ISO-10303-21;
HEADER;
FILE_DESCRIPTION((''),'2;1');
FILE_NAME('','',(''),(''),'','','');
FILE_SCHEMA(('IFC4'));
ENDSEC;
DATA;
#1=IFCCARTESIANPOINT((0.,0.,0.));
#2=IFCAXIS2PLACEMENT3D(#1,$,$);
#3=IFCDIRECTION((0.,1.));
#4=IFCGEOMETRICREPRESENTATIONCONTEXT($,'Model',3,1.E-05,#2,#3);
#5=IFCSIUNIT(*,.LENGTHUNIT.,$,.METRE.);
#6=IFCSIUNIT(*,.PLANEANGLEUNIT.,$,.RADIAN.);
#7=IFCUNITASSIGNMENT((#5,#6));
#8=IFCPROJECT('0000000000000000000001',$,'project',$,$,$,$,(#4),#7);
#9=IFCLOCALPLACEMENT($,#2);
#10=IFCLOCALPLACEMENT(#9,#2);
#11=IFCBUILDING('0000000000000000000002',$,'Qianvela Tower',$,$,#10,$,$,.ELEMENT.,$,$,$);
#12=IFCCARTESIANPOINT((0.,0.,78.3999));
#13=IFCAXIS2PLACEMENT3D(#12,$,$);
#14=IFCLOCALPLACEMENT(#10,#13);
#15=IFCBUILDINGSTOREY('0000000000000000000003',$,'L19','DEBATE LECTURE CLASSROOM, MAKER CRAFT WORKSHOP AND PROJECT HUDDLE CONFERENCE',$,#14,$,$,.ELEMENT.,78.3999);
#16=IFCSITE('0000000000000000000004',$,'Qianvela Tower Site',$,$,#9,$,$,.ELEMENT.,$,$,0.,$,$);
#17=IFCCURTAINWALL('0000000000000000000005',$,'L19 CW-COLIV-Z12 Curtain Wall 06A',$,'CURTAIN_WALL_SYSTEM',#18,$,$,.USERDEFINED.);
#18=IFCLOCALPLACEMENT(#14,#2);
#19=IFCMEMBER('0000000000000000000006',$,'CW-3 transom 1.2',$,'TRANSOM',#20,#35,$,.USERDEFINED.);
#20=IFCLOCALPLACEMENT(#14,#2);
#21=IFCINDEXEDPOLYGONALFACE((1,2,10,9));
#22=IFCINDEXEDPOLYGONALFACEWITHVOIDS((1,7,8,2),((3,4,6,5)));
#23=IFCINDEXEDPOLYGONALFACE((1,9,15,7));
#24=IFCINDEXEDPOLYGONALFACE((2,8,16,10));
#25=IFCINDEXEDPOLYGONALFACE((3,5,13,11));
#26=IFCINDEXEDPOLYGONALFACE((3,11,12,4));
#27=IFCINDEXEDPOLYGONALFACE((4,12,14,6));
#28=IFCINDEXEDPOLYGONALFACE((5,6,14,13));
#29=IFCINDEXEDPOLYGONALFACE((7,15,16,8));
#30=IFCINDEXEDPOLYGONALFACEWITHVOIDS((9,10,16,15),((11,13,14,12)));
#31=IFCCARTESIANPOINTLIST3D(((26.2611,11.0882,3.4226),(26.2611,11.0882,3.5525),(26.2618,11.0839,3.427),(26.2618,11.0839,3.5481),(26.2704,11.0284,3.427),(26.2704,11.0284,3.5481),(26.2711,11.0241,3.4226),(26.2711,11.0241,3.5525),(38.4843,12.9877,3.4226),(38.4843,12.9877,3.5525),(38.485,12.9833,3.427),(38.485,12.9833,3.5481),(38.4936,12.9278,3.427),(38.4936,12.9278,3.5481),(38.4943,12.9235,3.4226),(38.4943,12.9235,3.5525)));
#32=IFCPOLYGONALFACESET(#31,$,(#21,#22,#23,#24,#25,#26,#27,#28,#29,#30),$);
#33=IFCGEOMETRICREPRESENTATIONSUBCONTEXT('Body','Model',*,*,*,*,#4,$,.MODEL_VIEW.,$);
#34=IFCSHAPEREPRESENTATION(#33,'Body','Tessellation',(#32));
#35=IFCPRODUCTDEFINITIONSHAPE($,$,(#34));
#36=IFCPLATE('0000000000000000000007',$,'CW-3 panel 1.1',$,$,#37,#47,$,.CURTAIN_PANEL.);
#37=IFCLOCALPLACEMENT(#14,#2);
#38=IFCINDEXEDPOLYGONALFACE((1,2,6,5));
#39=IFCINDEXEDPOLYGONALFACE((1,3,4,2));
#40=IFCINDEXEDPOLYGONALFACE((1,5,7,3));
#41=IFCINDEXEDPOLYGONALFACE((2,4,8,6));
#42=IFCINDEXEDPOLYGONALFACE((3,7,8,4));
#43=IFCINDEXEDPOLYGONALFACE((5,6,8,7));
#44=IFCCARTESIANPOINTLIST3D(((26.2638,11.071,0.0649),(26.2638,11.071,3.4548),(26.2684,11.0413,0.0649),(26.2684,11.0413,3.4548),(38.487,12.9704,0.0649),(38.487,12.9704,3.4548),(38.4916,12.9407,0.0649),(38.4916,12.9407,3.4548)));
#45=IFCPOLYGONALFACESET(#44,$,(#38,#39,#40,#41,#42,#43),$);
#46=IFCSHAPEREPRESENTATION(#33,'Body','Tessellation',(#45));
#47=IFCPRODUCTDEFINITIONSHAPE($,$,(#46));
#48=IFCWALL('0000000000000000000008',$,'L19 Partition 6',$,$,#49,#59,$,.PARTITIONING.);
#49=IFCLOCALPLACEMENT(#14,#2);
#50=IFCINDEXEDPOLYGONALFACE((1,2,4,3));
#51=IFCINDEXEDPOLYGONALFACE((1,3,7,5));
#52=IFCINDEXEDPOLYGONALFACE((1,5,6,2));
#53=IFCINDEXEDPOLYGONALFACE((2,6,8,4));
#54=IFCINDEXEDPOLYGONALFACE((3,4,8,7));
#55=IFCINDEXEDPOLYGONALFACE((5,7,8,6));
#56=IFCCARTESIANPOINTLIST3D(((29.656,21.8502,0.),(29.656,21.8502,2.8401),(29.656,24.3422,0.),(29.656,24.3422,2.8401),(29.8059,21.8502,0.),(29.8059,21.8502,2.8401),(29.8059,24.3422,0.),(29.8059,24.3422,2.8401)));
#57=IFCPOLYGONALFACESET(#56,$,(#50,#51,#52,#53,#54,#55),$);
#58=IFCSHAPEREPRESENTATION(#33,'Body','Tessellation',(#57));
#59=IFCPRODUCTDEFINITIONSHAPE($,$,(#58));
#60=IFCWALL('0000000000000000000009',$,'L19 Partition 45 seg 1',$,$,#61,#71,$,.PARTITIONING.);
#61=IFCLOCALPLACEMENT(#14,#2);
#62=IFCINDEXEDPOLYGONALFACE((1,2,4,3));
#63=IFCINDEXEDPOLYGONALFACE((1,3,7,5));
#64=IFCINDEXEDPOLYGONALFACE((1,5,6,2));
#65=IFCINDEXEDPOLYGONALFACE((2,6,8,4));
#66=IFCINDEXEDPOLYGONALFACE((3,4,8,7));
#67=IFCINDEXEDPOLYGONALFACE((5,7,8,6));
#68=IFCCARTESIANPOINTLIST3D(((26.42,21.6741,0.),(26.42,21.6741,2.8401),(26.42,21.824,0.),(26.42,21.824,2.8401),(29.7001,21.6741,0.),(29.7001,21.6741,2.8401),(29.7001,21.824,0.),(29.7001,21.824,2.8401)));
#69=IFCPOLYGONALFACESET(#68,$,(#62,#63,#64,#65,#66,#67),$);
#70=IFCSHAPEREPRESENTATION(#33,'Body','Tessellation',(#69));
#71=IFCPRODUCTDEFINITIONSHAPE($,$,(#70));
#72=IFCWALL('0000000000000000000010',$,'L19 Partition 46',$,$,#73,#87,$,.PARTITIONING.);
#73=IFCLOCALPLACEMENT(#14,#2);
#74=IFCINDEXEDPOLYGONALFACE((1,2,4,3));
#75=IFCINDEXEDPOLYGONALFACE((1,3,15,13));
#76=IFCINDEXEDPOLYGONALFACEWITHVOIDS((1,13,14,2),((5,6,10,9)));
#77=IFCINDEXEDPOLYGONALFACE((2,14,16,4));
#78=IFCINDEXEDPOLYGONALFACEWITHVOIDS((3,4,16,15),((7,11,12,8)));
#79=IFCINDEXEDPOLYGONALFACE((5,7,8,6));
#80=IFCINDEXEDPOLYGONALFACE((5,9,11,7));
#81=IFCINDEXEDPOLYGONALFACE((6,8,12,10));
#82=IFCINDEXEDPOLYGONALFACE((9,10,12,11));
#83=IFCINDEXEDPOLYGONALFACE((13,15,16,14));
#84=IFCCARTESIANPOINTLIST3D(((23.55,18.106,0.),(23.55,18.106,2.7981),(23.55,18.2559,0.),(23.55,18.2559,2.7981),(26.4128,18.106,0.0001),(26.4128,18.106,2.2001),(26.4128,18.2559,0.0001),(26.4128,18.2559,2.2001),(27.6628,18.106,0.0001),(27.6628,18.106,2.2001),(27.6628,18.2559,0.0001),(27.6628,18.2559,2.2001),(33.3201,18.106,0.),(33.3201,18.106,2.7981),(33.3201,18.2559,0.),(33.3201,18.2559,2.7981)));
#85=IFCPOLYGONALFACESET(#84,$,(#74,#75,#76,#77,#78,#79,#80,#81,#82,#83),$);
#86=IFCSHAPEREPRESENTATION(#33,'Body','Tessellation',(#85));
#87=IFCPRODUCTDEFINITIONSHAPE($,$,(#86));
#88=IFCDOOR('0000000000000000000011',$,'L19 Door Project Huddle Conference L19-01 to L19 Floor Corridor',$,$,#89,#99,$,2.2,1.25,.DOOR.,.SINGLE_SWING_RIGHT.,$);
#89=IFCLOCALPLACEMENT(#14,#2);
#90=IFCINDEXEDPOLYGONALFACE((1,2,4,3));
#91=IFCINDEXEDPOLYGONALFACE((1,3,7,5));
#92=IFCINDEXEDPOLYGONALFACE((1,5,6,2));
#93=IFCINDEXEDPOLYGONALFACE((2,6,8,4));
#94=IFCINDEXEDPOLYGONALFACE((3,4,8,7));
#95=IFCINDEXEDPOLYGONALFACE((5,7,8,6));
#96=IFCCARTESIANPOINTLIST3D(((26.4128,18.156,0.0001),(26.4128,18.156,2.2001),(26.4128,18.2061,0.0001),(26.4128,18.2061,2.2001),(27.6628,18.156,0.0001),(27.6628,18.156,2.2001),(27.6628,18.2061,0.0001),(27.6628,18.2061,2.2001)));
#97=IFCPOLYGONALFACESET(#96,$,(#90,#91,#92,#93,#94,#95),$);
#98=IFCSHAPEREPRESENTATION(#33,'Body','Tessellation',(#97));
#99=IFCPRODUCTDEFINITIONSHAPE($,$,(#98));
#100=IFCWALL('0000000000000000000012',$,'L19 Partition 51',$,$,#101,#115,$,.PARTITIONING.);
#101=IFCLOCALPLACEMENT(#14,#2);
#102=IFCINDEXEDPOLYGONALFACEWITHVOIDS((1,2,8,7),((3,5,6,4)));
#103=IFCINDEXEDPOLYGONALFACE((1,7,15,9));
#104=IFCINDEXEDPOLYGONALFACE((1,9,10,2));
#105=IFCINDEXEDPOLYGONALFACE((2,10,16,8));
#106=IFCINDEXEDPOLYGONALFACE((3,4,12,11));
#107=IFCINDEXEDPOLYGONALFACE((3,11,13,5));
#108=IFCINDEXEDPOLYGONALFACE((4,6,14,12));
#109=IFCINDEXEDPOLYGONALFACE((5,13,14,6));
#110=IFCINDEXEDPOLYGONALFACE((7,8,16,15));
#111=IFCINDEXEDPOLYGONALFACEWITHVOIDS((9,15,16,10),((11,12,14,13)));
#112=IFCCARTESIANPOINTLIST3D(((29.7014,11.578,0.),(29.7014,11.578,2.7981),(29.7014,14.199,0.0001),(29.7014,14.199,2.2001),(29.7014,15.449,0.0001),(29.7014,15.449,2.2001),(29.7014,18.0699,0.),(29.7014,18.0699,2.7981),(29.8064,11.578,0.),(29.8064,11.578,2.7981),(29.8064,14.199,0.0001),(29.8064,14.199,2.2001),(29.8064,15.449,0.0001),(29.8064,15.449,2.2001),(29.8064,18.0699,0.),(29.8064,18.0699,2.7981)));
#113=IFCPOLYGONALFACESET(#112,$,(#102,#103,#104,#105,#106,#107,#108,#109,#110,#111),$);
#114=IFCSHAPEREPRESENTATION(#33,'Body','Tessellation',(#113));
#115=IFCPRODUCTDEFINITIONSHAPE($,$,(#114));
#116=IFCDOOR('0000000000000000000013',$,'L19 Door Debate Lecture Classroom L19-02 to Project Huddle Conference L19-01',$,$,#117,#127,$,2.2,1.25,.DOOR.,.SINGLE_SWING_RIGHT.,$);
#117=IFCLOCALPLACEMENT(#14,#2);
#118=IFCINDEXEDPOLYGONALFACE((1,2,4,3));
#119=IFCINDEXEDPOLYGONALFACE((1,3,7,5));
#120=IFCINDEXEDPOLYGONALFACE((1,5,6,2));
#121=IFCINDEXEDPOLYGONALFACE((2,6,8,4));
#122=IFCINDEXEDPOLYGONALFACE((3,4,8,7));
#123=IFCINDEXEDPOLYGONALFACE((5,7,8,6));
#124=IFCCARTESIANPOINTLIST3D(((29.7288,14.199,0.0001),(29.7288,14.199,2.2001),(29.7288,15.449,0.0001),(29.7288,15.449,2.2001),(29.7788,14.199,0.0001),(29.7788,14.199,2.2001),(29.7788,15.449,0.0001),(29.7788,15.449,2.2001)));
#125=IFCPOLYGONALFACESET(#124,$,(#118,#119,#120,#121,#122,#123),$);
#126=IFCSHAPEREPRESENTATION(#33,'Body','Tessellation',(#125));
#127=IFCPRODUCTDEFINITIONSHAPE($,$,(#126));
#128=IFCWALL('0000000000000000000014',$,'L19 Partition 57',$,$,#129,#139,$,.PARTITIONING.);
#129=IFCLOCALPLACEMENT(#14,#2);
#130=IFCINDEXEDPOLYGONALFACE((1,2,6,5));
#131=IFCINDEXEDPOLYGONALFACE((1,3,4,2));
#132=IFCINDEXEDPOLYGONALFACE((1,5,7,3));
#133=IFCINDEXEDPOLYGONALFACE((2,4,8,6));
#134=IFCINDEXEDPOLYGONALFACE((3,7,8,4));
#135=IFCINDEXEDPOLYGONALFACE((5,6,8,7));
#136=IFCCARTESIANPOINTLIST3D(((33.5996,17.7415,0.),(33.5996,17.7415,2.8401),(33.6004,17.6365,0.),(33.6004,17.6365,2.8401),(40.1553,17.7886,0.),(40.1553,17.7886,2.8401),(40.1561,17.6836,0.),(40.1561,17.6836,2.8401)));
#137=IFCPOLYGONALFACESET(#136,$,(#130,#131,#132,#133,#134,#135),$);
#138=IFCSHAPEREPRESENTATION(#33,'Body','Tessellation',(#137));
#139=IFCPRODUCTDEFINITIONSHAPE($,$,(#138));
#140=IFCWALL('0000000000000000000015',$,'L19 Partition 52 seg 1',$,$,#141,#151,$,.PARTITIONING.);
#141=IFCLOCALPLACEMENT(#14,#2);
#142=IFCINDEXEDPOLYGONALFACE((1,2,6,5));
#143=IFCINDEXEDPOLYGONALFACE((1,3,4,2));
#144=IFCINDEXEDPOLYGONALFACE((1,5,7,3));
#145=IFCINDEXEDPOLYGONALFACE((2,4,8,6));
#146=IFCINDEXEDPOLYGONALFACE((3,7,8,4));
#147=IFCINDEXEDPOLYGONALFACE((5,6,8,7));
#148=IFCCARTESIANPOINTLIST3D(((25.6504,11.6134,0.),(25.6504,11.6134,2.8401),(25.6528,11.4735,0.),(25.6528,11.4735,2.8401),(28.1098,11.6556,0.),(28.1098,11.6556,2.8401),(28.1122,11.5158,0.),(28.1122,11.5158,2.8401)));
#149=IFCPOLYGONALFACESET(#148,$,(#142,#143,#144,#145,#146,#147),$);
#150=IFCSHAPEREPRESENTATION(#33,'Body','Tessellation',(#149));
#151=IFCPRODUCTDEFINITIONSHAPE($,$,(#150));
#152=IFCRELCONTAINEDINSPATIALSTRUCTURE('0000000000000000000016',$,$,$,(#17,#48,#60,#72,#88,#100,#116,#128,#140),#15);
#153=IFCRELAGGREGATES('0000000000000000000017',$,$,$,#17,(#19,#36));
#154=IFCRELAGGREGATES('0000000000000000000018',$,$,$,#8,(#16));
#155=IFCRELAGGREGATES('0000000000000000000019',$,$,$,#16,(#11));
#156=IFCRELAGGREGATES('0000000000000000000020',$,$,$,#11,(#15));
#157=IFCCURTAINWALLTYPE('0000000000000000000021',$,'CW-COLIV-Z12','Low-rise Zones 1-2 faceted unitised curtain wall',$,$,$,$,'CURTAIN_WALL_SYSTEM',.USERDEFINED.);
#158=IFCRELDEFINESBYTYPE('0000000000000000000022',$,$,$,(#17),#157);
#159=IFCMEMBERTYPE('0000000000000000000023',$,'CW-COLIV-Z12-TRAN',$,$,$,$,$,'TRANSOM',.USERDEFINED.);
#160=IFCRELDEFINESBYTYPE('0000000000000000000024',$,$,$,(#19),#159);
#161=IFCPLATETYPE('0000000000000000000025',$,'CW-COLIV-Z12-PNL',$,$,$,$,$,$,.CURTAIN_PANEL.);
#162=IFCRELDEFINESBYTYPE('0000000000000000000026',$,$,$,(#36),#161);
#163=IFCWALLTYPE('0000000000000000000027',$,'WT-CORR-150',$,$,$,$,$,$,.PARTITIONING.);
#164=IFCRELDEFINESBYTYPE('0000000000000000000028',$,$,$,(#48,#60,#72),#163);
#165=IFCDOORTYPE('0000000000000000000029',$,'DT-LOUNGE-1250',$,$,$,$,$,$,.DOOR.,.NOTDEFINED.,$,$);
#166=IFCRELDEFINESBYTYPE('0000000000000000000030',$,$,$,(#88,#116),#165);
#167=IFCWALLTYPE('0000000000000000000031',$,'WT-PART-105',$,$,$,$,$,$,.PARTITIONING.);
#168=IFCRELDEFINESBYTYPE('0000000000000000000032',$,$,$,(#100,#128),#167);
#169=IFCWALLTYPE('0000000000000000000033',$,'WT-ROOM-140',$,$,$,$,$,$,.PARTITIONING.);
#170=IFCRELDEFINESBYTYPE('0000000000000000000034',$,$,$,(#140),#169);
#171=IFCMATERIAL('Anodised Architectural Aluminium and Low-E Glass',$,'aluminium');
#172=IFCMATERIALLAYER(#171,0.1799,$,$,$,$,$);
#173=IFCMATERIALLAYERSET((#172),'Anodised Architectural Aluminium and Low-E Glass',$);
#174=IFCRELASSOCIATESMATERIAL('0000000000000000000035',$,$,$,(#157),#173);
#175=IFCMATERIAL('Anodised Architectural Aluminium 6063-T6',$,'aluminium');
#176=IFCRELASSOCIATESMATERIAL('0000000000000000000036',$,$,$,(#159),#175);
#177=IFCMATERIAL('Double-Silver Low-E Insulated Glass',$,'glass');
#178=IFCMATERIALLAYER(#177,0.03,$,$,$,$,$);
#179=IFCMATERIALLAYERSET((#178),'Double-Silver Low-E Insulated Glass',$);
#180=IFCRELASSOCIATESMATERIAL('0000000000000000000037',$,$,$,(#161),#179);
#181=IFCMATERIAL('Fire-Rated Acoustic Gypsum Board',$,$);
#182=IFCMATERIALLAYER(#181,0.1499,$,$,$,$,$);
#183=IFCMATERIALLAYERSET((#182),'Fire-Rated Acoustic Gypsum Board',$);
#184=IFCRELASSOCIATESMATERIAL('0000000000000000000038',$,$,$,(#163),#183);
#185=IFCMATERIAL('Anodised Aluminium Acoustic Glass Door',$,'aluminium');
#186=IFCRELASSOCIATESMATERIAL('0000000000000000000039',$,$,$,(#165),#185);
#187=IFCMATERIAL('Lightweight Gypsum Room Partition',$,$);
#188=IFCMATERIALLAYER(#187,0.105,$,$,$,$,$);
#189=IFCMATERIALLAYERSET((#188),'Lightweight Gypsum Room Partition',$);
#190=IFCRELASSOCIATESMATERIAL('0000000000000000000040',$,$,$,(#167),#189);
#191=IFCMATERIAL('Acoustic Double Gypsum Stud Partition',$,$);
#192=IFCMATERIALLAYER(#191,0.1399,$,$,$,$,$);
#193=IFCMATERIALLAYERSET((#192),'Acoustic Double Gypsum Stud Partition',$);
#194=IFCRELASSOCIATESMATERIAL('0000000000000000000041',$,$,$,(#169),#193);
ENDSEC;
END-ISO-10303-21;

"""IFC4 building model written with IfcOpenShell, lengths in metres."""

from ifc_helpers import new_model, si_unit, direction, frame, frame_2d, origin, origin_2d, place, context, subcontext, project, spatial, rectangle, hollow_rectangle, extrude, material, layer, layer_set, material_profile, profile_set, type_object, element, fill, aggregate, save


model = new_model("IFC4")

# Units and contexts
model_context = context("Model", 3, precision=1e-05, world=origin(), true_north=direction((0.0, 1.0)))
body_context = subcontext(model_context, "Body", "Model", "MODEL_VIEW")
ifc_project = project(units=[si_unit("LENGTHUNIT", "METRE"), si_unit("PLANEANGLEUNIT", "RADIAN")], contexts=[model_context])

# Site, building, storey
site_placement = place(None, origin())
site = spatial("IfcSite", under=ifc_project, at=site_placement, Name="Qianvela Tower Site", CompositionType="ELEMENT", RefElevation=0.0)
building_placement = place(site_placement, origin())
building = spatial("IfcBuilding", under=site, at=building_placement, Name="Qianvela Tower", CompositionType="ELEMENT")
storey_placement = place(building_placement, frame((0.0, 0.0, 78.3999)))
storey = spatial("IfcBuildingStorey", under=building, at=storey_placement, Name="L19", Description="DEBATE LECTURE CLASSROOM, MAKER CRAFT WORKSHOP AND PROJECT HUDDLE CONFERENCE", CompositionType="ELEMENT", Elevation=78.3999)

# Curtain wall, member, plate
ifc_material_1 = material(Name="Anodised Architectural Aluminium and Low-E Glass", Category="aluminium")
ifc_layer_1 = layer(ifc_material_1, 0.1799)
ifc_layer_set_1 = layer_set([ifc_layer_1], Name="Anodised Architectural Aluminium and Low-E Glass")
curtain_wall_type = type_object("IfcCurtainWallType", Name="CW-COLIV-Z12", Description="Low-rise Zones 1-2 faceted unitised curtain wall", ElementType="CURTAIN_WALL_SYSTEM", PredefinedType="USERDEFINED", material=ifc_layer_set_1)
curtain_wall_placement = place(storey_placement, origin())
curtain_wall = element("IfcCurtainWall", 1, at=curtain_wall_placement, inside=storey, type_object=curtain_wall_type, Name="L19 CW-COLIV-Z12 Curtain Wall 06A", ObjectType="CURTAIN_WALL_SYSTEM", PredefinedType="USERDEFINED")
ifc_material_2 = material(Name="Anodised Architectural Aluminium 6063-T6", Category="aluminium")
ifc_material_profile_1 = material_profile(ifc_material_2, hollow_rectangle(XDim=0.0649, YDim=0.1299, WallThickness=0.0044, at=origin_2d()), Name="ALU-TRAN-65x130")
ifc_profile_set_1 = profile_set([ifc_material_profile_1], Name="Anodised Architectural Aluminium 6063-T6")
member_type_1 = type_object("IfcMemberType", Name="CW-COLIV-Z12-TRAN", ElementType="TRANSOM", PredefinedType="USERDEFINED", material=ifc_profile_set_1)
member_1_placement = place(storey_placement, frame((26.2661, 11.0562, 3.4875), z_axis=(0.988141, 0.153552, 0.0), x_axis=(-0.153552, 0.988141, 0.0)))
member_1 = element("IfcMember", 2, at=member_1_placement, type_object=member_type_1, Name="CW-3 transom 1.2", ObjectType="TRANSOM", PredefinedType="USERDEFINED", context=body_context, shape_type="SweptSolid", body=[
    extrude(hollow_rectangle(XDim=0.0649, YDim=0.1299, WallThickness=0.0044, at=origin_2d()), origin(), (0.0, 0.0, 1.0), 12.3699),
])
ifc_material_3 = material(Name="Double-Silver Low-E Insulated Glass", Category="glass")
ifc_layer_2 = layer(ifc_material_3, 0.03)
ifc_layer_set_2 = layer_set([ifc_layer_2], Name="Double-Silver Low-E Insulated Glass")
plate_type = type_object("IfcPlateType", Name="CW-COLIV-Z12-PNL", PredefinedType="CURTAIN_PANEL", material=ifc_layer_set_2)
plate_placement = place(storey_placement, frame((32.3777, 12.0059, 0.0649), z_axis=(0.0, 0.0, 1.0), x_axis=(0.988141, 0.15355, 0.0)))
plate = element("IfcPlate", 3, at=plate_placement, type_object=plate_type, Name="CW-3 panel 1.1", PredefinedType="CURTAIN_PANEL", context=body_context, shape_type="SweptSolid", body=[
    extrude(rectangle(XDim=12.3699, YDim=0.03, at=origin_2d()), origin(), (0.0, 0.0, 1.0), 3.3899),
])
aggregate(curtain_wall, [member_1, plate])

# Shared definitions
ifc_material_4 = material(Name="Fire-Rated Acoustic Gypsum Board")
ifc_layer_3 = layer(ifc_material_4, 0.1499)
ifc_layer_set_3 = layer_set([ifc_layer_3], Name="Fire-Rated Acoustic Gypsum Board")
wall_type_1 = type_object("IfcWallType", Name="WT-CORR-150", PredefinedType="PARTITIONING", material=ifc_layer_set_3)

# Walls
wall_1_placement = place(storey_placement, frame((29.731, 21.8501, 0.0), z_axis=(0.0, 0.0, 1.0), x_axis=(0.0, 1.0, 0.0)))
element("IfcWall", 4, at=wall_1_placement, inside=storey, type_object=wall_type_1, Name="L19 Partition 6", PredefinedType="PARTITIONING", context=body_context, shape_type="SweptSolid", body=[
    extrude(rectangle(XDim=2.4919, YDim=0.1499, at=frame_2d((1.2461, 0.0))), origin(), (0.0, 0.0, 1.0), 2.8401),
])
wall_2_placement = place(storey_placement, frame((26.4199, 21.749, 0.0), z_axis=(0.0, 0.0, 1.0), x_axis=(1.0, 0.0, 0.0)))
element("IfcWall", 5, at=wall_2_placement, inside=storey, type_object=wall_type_1, Name="L19 Partition 45 seg 1", PredefinedType="PARTITIONING", context=body_context, shape_type="SweptSolid", body=[
    extrude(rectangle(XDim=3.28, YDim=0.1499, at=frame_2d((1.6401, 0.0))), origin(), (0.0, 0.0, 1.0), 2.8401),
])

# Walls, openings, doors
wall_3_placement = place(storey_placement, frame((33.3201, 18.1809, 0.0), z_axis=(0.0, 0.0, 1.0), x_axis=(-1.0, 0.0, 0.0)))
wall_3 = element("IfcWall", 6, at=wall_3_placement, inside=storey, type_object=wall_type_1, Name="L19 Partition 46", PredefinedType="PARTITIONING", context=body_context, shape_type="SweptSolid", body=[
    extrude(rectangle(XDim=9.77, YDim=0.1499, at=frame_2d((4.885, 0.0))), origin(), (0.0, 0.0, 1.0), 2.7981),
])
opening_1_placement = place(wall_3_placement, frame((5.6572, 0.0, 0.0)))
opening_1 = element("IfcOpeningElement", 7, at=opening_1_placement, cuts=wall_3, PredefinedType="OPENING", context=body_context, shape_type="SweptSolid", body=[
    extrude(rectangle(XDim=1.25, YDim=2.2, at=frame_2d((0.625, 1.1001))), frame((0.0, 0.085, 0.0), z_axis=(0.0, -1.0, 0.0), x_axis=(1.0, 0.0, 0.0)), (0.0, 0.0, 1.0), 0.1699),
])
ifc_material_5 = material(Name="Anodised Aluminium Acoustic Glass Door", Category="aluminium")
door_type_1 = type_object("IfcDoorType", Name="DT-LOUNGE-1250", OperationType="NOTDEFINED", PredefinedType="DOOR", material=ifc_material_5)
door_1_placement = place(opening_1_placement, origin())
door_1 = element("IfcDoor", 8, at=door_1_placement, inside=storey, type_object=door_type_1, Name="L19 Door Project Huddle Conference L19-01 to L19 Floor Corridor", OperationType="SINGLE_SWING_RIGHT", OverallHeight=2.2, OverallWidth=1.25, PredefinedType="DOOR", context=body_context, shape_type="SweptSolid", body=[
    extrude(rectangle(XDim=1.25, YDim=2.2, at=frame_2d((0.625, 1.1001))), frame((0.0, 0.0249, 0.0), z_axis=(0.0, -1.0, 0.0), x_axis=(1.0, 0.0, 0.0)), (0.0, 0.0, 1.0), 0.05),
])
fill(opening_1, door_1)
ifc_material_6 = material(Name="Lightweight Gypsum Room Partition")
ifc_layer_4 = layer(ifc_material_6, 0.105)
ifc_layer_set_4 = layer_set([ifc_layer_4], Name="Lightweight Gypsum Room Partition")
wall_type_2 = type_object("IfcWallType", Name="WT-PART-105", PredefinedType="PARTITIONING", material=ifc_layer_set_4)
wall_4_placement = place(storey_placement, frame((29.7539, 18.0701, 0.0), z_axis=(0.0, 0.0, 1.0), x_axis=(0.0, -1.0, 0.0)))
wall_4 = element("IfcWall", 9, at=wall_4_placement, inside=storey, type_object=wall_type_2, Name="L19 Partition 51", PredefinedType="PARTITIONING", context=body_context, shape_type="SweptSolid", body=[
    extrude(rectangle(XDim=6.4919, YDim=0.105, at=frame_2d((3.2461, 0.0))), origin(), (0.0, 0.0, 1.0), 2.7981),
])
opening_2_placement = place(wall_4_placement, frame((2.6211, 0.0, 0.0)))
opening_2 = element("IfcOpeningElement", 10, at=opening_2_placement, cuts=wall_4, PredefinedType="OPENING", context=body_context, shape_type="SweptSolid", body=[
    extrude(rectangle(XDim=1.25, YDim=2.2, at=frame_2d((0.625, 1.1001))), frame((0.0, 0.0625, 0.0), z_axis=(0.0, -1.0, 0.0), x_axis=(1.0, 0.0, 0.0)), (0.0, 0.0, 1.0), 0.125),
])
door_2_placement = place(opening_2_placement, origin())
door_2 = element("IfcDoor", 11, at=door_2_placement, inside=storey, type_object=door_type_1, Name="L19 Door Debate Lecture Classroom L19-02 to Project Huddle Conference L19-01", OperationType="SINGLE_SWING_RIGHT", OverallHeight=2.2, OverallWidth=1.25, PredefinedType="DOOR", context=body_context, shape_type="SweptSolid", body=[
    extrude(rectangle(XDim=1.25, YDim=2.2, at=frame_2d((0.625, 1.1001))), frame((0.0, 0.0249, 0.0), z_axis=(0.0, -1.0, 0.0), x_axis=(1.0, 0.0, 0.0)), (0.0, 0.0, 1.0), 0.05),
])
fill(opening_2, door_2)

# Walls
wall_5_placement = place(storey_placement, frame((33.6001, 17.689, 0.0), z_axis=(0.0, 0.0, 1.0), x_axis=(0.999974, 0.007187, 0.0)))
element("IfcWall", 12, at=wall_5_placement, inside=storey, type_object=wall_type_2, Name="L19 Partition 57", PredefinedType="PARTITIONING", context=body_context, shape_type="SweptSolid", body=[
    extrude(rectangle(XDim=6.5559, YDim=0.105, at=frame_2d((3.2778, 0.0))), origin(), (0.0, 0.0, 1.0), 2.8401),
])
ifc_material_7 = material(Name="Acoustic Double Gypsum Stud Partition")
ifc_layer_5 = layer(ifc_material_7, 0.1399)
ifc_layer_set_5 = layer_set([ifc_layer_5], Name="Acoustic Double Gypsum Stud Partition")
wall_type_3 = type_object("IfcWallType", Name="WT-ROOM-140", PredefinedType="PARTITIONING", material=ifc_layer_set_5)
wall_6_placement = place(storey_placement, frame((28.1111, 11.5857, 0.0), z_axis=(0.0, 0.0, 1.0), x_axis=(-0.999853, -0.01717, 0.0)))
element("IfcWall", 13, at=wall_6_placement, inside=storey, type_object=wall_type_3, Name="L19 Partition 52 seg 1", PredefinedType="PARTITIONING", context=body_context, shape_type="SweptSolid", body=[
    extrude(rectangle(XDim=2.4597, YDim=0.1399, at=frame_2d((1.23, 0.0))), origin(), (0.0, 0.0, 1.0), 2.8401),
])

save(model, "model.ifc")
